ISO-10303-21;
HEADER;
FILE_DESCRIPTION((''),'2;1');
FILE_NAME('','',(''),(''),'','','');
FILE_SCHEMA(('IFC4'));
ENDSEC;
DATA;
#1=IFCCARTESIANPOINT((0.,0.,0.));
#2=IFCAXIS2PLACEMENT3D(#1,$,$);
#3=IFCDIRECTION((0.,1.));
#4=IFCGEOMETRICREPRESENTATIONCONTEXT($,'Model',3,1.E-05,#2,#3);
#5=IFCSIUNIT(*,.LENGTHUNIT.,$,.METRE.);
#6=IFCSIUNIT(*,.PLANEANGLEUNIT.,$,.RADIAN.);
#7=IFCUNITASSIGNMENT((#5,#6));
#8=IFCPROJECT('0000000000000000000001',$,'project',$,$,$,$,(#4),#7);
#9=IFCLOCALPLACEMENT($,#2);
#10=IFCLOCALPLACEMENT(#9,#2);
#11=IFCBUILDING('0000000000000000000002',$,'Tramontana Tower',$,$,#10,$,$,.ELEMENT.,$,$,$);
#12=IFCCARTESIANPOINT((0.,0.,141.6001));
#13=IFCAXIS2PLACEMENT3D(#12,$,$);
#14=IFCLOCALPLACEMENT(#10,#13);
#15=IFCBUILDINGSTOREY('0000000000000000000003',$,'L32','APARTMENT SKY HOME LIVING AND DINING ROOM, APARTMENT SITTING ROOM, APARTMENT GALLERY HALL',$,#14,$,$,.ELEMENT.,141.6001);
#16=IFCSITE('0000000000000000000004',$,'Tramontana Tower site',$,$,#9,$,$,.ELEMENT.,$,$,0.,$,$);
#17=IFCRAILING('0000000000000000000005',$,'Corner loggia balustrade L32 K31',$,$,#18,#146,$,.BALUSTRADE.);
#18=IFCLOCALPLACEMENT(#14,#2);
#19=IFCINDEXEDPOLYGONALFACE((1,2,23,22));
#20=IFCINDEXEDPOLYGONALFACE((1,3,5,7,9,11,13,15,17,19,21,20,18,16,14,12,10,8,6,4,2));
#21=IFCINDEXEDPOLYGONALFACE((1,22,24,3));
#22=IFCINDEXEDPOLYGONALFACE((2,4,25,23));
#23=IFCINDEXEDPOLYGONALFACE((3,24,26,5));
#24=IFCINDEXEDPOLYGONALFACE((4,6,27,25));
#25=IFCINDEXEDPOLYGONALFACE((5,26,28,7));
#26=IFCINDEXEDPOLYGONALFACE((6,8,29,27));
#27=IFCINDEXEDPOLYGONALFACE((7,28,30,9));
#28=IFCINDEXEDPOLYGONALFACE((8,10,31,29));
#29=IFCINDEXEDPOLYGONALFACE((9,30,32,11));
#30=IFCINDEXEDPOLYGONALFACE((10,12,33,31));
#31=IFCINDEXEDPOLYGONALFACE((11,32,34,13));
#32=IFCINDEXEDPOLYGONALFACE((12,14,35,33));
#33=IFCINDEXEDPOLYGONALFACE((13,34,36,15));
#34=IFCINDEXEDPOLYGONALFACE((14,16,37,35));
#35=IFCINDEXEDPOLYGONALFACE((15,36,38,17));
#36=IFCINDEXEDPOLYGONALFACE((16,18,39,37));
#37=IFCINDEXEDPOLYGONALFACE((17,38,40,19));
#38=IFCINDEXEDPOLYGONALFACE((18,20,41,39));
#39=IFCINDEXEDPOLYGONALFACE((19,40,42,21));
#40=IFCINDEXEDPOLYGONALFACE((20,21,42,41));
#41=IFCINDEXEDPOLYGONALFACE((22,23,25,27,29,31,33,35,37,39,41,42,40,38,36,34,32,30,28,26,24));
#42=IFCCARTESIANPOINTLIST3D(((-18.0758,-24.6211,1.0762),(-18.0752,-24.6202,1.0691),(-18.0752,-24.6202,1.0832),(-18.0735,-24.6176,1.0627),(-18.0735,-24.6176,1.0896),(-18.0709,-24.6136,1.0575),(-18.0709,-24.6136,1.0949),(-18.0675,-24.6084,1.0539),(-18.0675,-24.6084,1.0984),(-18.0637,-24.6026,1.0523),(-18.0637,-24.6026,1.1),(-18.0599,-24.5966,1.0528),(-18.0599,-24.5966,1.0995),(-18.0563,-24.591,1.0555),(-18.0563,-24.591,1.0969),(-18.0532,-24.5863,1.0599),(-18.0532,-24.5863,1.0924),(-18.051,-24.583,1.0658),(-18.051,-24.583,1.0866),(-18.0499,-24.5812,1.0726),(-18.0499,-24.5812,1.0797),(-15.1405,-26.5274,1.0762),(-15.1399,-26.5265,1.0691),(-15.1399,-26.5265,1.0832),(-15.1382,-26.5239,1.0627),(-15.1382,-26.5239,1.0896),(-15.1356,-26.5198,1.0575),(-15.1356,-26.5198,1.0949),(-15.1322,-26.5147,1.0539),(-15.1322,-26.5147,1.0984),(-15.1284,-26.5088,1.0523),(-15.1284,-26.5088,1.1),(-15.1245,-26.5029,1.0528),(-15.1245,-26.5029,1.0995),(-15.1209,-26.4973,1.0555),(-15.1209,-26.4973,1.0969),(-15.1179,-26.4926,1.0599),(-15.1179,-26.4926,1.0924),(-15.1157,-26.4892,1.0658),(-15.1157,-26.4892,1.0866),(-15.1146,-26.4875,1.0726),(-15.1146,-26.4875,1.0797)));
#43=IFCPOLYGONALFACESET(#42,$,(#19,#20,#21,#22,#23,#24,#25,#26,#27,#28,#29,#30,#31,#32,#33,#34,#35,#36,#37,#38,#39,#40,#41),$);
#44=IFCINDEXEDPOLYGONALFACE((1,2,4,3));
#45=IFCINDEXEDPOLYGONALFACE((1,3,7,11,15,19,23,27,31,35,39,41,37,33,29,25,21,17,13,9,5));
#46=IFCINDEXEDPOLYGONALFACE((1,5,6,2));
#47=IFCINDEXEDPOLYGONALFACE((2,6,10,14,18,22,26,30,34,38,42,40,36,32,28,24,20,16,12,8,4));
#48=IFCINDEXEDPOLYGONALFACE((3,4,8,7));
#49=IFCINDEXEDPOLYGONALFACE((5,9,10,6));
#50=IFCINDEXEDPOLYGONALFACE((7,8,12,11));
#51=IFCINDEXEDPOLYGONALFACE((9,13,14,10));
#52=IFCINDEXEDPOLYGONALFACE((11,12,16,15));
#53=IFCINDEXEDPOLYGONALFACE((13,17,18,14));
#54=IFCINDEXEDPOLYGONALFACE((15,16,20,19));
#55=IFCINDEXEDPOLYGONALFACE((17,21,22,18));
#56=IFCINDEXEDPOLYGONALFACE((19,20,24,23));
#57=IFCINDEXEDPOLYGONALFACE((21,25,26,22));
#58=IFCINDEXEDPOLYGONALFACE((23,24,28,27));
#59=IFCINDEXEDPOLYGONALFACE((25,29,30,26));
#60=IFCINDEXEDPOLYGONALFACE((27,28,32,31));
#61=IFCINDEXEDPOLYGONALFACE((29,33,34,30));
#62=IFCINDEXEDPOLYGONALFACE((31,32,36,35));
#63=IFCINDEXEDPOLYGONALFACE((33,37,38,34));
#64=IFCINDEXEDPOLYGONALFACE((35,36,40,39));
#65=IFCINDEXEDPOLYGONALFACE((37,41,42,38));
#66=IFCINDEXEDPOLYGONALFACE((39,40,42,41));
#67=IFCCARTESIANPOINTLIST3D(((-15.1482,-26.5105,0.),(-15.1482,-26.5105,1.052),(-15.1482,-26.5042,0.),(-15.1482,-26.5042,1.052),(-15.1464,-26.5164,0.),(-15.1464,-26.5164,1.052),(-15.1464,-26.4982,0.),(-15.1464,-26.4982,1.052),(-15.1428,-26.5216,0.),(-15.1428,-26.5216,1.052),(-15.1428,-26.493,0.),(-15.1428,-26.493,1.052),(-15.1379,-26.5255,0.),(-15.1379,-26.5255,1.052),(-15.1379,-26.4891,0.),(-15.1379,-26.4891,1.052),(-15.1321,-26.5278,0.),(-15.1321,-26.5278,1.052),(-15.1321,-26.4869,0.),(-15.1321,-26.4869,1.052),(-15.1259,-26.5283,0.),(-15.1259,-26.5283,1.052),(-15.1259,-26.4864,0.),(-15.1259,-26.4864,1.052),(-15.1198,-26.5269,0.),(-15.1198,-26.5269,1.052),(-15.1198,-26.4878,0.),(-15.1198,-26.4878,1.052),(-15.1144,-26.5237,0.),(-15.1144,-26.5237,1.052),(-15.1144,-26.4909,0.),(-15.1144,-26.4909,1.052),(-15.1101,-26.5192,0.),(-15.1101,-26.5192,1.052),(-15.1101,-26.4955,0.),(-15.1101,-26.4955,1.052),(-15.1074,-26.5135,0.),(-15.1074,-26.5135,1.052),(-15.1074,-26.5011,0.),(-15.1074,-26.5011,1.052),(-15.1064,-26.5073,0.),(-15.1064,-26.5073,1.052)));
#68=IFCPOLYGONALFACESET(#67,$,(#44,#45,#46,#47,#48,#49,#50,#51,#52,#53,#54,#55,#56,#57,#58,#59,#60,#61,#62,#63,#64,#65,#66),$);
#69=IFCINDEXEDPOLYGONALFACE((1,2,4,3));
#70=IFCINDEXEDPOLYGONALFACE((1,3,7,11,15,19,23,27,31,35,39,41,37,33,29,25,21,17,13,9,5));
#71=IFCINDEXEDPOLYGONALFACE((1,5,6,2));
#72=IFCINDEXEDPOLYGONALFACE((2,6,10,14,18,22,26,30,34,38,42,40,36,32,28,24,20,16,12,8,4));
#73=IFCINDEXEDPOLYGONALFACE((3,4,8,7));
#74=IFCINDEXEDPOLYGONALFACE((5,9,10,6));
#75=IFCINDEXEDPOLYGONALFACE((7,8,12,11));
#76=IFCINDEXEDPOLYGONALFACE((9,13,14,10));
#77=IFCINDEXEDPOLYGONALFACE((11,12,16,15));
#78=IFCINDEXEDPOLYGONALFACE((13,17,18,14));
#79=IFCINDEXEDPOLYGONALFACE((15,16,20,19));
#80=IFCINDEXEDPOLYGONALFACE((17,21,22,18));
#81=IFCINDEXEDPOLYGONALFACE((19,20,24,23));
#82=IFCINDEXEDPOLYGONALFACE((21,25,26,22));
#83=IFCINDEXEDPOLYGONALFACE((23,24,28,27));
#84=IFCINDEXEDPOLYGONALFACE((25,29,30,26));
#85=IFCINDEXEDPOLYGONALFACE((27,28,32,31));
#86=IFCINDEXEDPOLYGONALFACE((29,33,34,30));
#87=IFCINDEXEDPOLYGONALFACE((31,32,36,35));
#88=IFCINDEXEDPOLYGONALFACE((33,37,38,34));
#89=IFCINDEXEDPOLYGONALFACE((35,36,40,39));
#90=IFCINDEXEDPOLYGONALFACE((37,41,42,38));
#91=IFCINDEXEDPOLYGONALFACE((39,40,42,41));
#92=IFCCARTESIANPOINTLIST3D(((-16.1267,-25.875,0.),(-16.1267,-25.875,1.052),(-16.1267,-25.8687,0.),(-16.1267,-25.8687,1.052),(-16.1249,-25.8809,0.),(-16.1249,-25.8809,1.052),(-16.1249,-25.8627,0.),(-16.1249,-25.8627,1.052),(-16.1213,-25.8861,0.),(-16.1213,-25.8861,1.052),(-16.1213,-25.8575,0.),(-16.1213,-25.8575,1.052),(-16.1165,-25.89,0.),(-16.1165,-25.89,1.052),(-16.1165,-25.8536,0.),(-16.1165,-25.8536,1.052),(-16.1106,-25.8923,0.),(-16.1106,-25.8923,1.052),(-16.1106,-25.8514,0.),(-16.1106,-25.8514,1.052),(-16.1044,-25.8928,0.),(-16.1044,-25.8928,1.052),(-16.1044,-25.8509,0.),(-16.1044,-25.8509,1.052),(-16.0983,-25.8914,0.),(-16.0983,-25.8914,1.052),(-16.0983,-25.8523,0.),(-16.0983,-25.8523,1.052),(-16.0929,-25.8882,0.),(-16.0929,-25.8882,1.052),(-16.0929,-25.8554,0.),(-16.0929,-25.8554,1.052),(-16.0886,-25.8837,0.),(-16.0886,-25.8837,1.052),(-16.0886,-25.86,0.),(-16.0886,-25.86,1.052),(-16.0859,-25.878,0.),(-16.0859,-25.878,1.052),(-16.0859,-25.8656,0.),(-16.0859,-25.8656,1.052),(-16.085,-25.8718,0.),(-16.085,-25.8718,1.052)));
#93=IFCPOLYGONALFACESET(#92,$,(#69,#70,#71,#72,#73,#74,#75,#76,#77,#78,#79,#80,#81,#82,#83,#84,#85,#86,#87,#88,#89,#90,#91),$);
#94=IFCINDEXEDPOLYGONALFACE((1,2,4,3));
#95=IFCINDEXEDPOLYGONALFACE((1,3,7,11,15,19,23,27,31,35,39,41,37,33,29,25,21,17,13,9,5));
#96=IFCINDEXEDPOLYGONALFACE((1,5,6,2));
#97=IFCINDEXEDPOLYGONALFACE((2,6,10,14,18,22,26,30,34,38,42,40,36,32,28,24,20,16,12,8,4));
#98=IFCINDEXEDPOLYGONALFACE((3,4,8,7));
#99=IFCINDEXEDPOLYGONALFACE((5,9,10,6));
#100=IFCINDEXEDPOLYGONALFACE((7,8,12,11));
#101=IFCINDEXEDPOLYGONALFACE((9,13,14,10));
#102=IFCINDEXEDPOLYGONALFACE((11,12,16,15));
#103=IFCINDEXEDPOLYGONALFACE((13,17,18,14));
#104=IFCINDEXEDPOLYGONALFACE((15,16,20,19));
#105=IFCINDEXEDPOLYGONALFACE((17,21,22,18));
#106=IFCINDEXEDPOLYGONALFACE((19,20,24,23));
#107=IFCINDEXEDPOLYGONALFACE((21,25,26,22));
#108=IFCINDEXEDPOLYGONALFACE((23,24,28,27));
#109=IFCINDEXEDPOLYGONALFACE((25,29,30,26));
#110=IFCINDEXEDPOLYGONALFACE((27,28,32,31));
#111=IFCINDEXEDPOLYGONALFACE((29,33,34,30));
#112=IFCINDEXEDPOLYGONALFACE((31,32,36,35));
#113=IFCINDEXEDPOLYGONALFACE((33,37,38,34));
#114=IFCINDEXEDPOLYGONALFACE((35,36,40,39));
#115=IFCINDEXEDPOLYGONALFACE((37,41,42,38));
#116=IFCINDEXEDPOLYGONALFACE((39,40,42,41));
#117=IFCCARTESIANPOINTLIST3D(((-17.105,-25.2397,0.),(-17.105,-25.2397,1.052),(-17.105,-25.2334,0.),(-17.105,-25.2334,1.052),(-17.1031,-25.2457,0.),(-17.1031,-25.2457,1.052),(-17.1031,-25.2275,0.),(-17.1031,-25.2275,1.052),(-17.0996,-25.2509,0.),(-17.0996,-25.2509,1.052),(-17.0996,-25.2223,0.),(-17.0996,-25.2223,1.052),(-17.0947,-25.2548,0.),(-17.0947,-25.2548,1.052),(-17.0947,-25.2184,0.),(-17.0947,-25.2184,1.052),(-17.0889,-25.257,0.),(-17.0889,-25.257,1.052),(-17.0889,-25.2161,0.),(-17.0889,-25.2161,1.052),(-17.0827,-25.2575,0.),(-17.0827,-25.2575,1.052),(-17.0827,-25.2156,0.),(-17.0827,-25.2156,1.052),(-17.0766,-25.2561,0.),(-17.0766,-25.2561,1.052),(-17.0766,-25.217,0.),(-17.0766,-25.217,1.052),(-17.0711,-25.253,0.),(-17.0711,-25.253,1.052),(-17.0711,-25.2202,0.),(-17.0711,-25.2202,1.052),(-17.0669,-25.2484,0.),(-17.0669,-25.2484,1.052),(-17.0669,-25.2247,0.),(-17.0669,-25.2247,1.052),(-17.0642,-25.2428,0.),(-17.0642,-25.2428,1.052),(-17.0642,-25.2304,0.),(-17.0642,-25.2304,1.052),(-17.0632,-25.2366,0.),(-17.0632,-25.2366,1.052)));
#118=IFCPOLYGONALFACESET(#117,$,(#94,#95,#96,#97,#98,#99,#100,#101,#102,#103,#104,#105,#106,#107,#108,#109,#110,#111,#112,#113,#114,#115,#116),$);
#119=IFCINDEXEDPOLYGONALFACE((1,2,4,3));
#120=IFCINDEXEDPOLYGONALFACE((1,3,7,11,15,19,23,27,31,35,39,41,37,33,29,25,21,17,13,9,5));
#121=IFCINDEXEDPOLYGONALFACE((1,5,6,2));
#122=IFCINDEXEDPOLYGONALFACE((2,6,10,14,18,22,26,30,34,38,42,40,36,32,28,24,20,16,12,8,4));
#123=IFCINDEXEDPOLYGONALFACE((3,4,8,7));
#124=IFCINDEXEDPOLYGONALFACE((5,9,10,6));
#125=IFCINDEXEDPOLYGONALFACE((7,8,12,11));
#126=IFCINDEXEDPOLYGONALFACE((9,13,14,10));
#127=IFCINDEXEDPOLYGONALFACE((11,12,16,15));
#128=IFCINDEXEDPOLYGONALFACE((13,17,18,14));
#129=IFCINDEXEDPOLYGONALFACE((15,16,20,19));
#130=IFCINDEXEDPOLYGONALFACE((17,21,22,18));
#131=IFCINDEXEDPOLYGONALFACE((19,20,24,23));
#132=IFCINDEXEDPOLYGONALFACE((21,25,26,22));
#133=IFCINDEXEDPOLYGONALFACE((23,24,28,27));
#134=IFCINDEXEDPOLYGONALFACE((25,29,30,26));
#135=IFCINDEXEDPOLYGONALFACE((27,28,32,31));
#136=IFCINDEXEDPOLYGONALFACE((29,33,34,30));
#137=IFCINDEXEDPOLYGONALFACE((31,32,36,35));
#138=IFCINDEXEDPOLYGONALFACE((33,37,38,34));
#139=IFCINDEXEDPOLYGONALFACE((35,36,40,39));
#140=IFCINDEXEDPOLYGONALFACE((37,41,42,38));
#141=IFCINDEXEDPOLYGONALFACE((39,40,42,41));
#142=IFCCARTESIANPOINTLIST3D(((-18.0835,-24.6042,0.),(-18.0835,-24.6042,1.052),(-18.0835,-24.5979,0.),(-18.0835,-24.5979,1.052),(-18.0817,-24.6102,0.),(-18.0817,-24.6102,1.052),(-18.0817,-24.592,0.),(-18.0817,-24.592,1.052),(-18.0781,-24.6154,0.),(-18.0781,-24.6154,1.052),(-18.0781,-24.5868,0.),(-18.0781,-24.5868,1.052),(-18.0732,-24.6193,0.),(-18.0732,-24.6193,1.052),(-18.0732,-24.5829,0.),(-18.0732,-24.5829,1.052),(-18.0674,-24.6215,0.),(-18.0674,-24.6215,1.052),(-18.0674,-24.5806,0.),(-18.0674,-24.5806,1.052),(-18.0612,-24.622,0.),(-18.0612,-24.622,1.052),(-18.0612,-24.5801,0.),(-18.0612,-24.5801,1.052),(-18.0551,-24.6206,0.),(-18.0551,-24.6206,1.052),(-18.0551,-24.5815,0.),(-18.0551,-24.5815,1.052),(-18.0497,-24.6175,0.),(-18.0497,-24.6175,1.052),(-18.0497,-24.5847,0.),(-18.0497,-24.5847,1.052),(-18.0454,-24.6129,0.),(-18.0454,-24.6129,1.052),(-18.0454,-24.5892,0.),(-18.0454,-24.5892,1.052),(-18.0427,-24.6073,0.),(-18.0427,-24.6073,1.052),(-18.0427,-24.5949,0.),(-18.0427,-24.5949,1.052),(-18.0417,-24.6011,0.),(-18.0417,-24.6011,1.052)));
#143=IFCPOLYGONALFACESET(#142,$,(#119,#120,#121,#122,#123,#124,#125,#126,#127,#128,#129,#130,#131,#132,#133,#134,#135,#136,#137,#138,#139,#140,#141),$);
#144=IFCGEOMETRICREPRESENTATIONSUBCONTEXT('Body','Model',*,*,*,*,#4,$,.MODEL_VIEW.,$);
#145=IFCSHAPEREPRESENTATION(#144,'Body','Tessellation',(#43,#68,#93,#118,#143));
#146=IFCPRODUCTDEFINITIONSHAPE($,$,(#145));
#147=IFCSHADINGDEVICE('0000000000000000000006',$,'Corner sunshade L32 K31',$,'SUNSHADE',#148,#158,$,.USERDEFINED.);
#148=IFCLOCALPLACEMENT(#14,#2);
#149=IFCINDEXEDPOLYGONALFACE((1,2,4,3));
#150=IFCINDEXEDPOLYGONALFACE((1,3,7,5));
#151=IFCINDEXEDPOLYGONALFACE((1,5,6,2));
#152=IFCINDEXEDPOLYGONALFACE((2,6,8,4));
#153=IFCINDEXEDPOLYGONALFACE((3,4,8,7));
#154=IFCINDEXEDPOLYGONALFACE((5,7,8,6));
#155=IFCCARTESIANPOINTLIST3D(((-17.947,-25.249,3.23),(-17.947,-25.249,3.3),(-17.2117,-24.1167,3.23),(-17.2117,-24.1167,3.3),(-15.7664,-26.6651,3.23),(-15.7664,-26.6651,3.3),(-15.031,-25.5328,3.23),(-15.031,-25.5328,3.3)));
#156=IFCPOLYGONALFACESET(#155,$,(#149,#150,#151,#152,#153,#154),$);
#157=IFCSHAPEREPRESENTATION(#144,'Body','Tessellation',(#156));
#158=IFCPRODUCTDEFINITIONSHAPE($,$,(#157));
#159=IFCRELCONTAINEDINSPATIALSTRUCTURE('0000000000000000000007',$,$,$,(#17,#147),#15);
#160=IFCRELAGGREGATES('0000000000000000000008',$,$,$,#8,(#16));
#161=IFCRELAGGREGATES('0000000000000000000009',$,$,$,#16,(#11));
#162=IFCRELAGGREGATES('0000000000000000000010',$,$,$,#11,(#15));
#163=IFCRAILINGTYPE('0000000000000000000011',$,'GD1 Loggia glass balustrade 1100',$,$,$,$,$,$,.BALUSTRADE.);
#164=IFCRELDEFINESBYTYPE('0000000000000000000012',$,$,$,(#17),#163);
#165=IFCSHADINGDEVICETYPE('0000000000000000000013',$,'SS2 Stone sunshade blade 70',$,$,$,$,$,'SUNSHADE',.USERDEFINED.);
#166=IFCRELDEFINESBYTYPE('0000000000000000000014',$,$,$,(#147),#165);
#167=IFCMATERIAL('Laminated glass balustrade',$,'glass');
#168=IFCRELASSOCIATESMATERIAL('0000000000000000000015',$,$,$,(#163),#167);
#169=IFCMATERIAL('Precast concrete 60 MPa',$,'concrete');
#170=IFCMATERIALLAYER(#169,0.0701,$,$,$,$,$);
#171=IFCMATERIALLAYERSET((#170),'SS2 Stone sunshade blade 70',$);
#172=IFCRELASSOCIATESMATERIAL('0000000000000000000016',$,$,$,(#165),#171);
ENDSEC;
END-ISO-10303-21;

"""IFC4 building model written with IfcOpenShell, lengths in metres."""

from ifc_helpers import new_model, si_unit, direction, frame, origin, origin_2d, place, context, subcontext, project, spatial, rectangle, circle, extrude, material, layer, layer_set, type_object, element, save


model = new_model("IFC4")

# Units and contexts
model_context = context("Model", 3, precision=1e-05, world=origin(), true_north=direction((0.0, 1.0)))
body_context = subcontext(model_context, "Body", "Model", "MODEL_VIEW")
ifc_project = project(units=[si_unit("LENGTHUNIT", "METRE"), si_unit("PLANEANGLEUNIT", "RADIAN")], contexts=[model_context])

# Site, building, storey
site_placement = place(None, origin())
site = spatial("IfcSite", under=ifc_project, at=site_placement, Name="Tramontana Tower site", CompositionType="ELEMENT", RefElevation=0.0)
building_placement = place(site_placement, origin())
building = spatial("IfcBuilding", under=site, at=building_placement, Name="Tramontana Tower", CompositionType="ELEMENT")
storey_placement = place(building_placement, frame((0.0, 0.0, 141.6001)))
storey = spatial("IfcBuildingStorey", under=building, at=storey_placement, Name="L32", Description="APARTMENT SKY HOME LIVING AND DINING ROOM, APARTMENT SITTING ROOM, APARTMENT GALLERY HALL", CompositionType="ELEMENT", Elevation=141.6001)

# Railing
ifc_material_1 = material(Name="Laminated glass balustrade", Category="glass")
railing_type = type_object("IfcRailingType", Name="GD1 Loggia glass balustrade 1100", PredefinedType="BALUSTRADE", material=ifc_material_1)
railing_1_placement = place(storey_placement, frame((-15.1274, -26.5073, 0.0)))
element("IfcRailing", 1, at=railing_1_placement, inside=storey, type_object=railing_type, Name="Corner loggia balustrade L32 K31", PredefinedType="BALUSTRADE", context=body_context, shape_type="SweptSolid", body=[
    extrude(circle(Radius=0.0239, at=origin_2d()), frame((0.0, 0.0, 1.0762), z_axis=(-0.838665, 0.544647, 0.0), x_axis=(-0.544647, -0.838665, 0.0)), (0.0, 0.0, 1.0), 3.5),
    extrude(circle(Radius=0.021, at=origin_2d()), origin(), (0.0, 0.0, 1.0), 1.052),
    extrude(circle(Radius=0.021, at=origin_2d()), frame((-0.9785, 0.6355, 0.0)), (0.0, 0.0, 1.0), 1.052),
    extrude(circle(Radius=0.021, at=origin_2d()), frame((-1.9568, 1.2708, 0.0)), (0.0, 0.0, 1.0), 1.052),
    extrude(circle(Radius=0.021, at=origin_2d()), frame((-2.9353, 1.9062, 0.0)), (0.0, 0.0, 1.0), 1.052),
])

# Shading device
ifc_material_2 = material(Name="Precast concrete 60 MPa", Category="concrete")
ifc_layer_1 = layer(ifc_material_2, 0.0701)
ifc_layer_set_1 = layer_set([ifc_layer_1], Name="SS2 Stone sunshade blade 70")
shading_device_type = type_object("IfcShadingDeviceType", Name="SS2 Stone sunshade blade 70", ElementType="SUNSHADE", PredefinedType="USERDEFINED", material=ifc_layer_set_1)
shading_device_placement = place(storey_placement, frame((-16.489, -25.3909, 3.23), z_axis=(0.0, 0.0, 1.0), x_axis=(-0.838671, 0.544639, 0.0)))
element("IfcShadingDevice", 2, at=shading_device_placement, inside=storey, type_object=shading_device_type, Name="Corner sunshade L32 K31", ObjectType="SUNSHADE", PredefinedType="USERDEFINED", context=body_context, shape_type="SweptSolid", body=[
    extrude(rectangle(XDim=2.6001, YDim=1.3501, at=origin_2d()), origin(), (0.0, 0.0, 1.0), 0.0701),
])

save(model, "model.ifc")
